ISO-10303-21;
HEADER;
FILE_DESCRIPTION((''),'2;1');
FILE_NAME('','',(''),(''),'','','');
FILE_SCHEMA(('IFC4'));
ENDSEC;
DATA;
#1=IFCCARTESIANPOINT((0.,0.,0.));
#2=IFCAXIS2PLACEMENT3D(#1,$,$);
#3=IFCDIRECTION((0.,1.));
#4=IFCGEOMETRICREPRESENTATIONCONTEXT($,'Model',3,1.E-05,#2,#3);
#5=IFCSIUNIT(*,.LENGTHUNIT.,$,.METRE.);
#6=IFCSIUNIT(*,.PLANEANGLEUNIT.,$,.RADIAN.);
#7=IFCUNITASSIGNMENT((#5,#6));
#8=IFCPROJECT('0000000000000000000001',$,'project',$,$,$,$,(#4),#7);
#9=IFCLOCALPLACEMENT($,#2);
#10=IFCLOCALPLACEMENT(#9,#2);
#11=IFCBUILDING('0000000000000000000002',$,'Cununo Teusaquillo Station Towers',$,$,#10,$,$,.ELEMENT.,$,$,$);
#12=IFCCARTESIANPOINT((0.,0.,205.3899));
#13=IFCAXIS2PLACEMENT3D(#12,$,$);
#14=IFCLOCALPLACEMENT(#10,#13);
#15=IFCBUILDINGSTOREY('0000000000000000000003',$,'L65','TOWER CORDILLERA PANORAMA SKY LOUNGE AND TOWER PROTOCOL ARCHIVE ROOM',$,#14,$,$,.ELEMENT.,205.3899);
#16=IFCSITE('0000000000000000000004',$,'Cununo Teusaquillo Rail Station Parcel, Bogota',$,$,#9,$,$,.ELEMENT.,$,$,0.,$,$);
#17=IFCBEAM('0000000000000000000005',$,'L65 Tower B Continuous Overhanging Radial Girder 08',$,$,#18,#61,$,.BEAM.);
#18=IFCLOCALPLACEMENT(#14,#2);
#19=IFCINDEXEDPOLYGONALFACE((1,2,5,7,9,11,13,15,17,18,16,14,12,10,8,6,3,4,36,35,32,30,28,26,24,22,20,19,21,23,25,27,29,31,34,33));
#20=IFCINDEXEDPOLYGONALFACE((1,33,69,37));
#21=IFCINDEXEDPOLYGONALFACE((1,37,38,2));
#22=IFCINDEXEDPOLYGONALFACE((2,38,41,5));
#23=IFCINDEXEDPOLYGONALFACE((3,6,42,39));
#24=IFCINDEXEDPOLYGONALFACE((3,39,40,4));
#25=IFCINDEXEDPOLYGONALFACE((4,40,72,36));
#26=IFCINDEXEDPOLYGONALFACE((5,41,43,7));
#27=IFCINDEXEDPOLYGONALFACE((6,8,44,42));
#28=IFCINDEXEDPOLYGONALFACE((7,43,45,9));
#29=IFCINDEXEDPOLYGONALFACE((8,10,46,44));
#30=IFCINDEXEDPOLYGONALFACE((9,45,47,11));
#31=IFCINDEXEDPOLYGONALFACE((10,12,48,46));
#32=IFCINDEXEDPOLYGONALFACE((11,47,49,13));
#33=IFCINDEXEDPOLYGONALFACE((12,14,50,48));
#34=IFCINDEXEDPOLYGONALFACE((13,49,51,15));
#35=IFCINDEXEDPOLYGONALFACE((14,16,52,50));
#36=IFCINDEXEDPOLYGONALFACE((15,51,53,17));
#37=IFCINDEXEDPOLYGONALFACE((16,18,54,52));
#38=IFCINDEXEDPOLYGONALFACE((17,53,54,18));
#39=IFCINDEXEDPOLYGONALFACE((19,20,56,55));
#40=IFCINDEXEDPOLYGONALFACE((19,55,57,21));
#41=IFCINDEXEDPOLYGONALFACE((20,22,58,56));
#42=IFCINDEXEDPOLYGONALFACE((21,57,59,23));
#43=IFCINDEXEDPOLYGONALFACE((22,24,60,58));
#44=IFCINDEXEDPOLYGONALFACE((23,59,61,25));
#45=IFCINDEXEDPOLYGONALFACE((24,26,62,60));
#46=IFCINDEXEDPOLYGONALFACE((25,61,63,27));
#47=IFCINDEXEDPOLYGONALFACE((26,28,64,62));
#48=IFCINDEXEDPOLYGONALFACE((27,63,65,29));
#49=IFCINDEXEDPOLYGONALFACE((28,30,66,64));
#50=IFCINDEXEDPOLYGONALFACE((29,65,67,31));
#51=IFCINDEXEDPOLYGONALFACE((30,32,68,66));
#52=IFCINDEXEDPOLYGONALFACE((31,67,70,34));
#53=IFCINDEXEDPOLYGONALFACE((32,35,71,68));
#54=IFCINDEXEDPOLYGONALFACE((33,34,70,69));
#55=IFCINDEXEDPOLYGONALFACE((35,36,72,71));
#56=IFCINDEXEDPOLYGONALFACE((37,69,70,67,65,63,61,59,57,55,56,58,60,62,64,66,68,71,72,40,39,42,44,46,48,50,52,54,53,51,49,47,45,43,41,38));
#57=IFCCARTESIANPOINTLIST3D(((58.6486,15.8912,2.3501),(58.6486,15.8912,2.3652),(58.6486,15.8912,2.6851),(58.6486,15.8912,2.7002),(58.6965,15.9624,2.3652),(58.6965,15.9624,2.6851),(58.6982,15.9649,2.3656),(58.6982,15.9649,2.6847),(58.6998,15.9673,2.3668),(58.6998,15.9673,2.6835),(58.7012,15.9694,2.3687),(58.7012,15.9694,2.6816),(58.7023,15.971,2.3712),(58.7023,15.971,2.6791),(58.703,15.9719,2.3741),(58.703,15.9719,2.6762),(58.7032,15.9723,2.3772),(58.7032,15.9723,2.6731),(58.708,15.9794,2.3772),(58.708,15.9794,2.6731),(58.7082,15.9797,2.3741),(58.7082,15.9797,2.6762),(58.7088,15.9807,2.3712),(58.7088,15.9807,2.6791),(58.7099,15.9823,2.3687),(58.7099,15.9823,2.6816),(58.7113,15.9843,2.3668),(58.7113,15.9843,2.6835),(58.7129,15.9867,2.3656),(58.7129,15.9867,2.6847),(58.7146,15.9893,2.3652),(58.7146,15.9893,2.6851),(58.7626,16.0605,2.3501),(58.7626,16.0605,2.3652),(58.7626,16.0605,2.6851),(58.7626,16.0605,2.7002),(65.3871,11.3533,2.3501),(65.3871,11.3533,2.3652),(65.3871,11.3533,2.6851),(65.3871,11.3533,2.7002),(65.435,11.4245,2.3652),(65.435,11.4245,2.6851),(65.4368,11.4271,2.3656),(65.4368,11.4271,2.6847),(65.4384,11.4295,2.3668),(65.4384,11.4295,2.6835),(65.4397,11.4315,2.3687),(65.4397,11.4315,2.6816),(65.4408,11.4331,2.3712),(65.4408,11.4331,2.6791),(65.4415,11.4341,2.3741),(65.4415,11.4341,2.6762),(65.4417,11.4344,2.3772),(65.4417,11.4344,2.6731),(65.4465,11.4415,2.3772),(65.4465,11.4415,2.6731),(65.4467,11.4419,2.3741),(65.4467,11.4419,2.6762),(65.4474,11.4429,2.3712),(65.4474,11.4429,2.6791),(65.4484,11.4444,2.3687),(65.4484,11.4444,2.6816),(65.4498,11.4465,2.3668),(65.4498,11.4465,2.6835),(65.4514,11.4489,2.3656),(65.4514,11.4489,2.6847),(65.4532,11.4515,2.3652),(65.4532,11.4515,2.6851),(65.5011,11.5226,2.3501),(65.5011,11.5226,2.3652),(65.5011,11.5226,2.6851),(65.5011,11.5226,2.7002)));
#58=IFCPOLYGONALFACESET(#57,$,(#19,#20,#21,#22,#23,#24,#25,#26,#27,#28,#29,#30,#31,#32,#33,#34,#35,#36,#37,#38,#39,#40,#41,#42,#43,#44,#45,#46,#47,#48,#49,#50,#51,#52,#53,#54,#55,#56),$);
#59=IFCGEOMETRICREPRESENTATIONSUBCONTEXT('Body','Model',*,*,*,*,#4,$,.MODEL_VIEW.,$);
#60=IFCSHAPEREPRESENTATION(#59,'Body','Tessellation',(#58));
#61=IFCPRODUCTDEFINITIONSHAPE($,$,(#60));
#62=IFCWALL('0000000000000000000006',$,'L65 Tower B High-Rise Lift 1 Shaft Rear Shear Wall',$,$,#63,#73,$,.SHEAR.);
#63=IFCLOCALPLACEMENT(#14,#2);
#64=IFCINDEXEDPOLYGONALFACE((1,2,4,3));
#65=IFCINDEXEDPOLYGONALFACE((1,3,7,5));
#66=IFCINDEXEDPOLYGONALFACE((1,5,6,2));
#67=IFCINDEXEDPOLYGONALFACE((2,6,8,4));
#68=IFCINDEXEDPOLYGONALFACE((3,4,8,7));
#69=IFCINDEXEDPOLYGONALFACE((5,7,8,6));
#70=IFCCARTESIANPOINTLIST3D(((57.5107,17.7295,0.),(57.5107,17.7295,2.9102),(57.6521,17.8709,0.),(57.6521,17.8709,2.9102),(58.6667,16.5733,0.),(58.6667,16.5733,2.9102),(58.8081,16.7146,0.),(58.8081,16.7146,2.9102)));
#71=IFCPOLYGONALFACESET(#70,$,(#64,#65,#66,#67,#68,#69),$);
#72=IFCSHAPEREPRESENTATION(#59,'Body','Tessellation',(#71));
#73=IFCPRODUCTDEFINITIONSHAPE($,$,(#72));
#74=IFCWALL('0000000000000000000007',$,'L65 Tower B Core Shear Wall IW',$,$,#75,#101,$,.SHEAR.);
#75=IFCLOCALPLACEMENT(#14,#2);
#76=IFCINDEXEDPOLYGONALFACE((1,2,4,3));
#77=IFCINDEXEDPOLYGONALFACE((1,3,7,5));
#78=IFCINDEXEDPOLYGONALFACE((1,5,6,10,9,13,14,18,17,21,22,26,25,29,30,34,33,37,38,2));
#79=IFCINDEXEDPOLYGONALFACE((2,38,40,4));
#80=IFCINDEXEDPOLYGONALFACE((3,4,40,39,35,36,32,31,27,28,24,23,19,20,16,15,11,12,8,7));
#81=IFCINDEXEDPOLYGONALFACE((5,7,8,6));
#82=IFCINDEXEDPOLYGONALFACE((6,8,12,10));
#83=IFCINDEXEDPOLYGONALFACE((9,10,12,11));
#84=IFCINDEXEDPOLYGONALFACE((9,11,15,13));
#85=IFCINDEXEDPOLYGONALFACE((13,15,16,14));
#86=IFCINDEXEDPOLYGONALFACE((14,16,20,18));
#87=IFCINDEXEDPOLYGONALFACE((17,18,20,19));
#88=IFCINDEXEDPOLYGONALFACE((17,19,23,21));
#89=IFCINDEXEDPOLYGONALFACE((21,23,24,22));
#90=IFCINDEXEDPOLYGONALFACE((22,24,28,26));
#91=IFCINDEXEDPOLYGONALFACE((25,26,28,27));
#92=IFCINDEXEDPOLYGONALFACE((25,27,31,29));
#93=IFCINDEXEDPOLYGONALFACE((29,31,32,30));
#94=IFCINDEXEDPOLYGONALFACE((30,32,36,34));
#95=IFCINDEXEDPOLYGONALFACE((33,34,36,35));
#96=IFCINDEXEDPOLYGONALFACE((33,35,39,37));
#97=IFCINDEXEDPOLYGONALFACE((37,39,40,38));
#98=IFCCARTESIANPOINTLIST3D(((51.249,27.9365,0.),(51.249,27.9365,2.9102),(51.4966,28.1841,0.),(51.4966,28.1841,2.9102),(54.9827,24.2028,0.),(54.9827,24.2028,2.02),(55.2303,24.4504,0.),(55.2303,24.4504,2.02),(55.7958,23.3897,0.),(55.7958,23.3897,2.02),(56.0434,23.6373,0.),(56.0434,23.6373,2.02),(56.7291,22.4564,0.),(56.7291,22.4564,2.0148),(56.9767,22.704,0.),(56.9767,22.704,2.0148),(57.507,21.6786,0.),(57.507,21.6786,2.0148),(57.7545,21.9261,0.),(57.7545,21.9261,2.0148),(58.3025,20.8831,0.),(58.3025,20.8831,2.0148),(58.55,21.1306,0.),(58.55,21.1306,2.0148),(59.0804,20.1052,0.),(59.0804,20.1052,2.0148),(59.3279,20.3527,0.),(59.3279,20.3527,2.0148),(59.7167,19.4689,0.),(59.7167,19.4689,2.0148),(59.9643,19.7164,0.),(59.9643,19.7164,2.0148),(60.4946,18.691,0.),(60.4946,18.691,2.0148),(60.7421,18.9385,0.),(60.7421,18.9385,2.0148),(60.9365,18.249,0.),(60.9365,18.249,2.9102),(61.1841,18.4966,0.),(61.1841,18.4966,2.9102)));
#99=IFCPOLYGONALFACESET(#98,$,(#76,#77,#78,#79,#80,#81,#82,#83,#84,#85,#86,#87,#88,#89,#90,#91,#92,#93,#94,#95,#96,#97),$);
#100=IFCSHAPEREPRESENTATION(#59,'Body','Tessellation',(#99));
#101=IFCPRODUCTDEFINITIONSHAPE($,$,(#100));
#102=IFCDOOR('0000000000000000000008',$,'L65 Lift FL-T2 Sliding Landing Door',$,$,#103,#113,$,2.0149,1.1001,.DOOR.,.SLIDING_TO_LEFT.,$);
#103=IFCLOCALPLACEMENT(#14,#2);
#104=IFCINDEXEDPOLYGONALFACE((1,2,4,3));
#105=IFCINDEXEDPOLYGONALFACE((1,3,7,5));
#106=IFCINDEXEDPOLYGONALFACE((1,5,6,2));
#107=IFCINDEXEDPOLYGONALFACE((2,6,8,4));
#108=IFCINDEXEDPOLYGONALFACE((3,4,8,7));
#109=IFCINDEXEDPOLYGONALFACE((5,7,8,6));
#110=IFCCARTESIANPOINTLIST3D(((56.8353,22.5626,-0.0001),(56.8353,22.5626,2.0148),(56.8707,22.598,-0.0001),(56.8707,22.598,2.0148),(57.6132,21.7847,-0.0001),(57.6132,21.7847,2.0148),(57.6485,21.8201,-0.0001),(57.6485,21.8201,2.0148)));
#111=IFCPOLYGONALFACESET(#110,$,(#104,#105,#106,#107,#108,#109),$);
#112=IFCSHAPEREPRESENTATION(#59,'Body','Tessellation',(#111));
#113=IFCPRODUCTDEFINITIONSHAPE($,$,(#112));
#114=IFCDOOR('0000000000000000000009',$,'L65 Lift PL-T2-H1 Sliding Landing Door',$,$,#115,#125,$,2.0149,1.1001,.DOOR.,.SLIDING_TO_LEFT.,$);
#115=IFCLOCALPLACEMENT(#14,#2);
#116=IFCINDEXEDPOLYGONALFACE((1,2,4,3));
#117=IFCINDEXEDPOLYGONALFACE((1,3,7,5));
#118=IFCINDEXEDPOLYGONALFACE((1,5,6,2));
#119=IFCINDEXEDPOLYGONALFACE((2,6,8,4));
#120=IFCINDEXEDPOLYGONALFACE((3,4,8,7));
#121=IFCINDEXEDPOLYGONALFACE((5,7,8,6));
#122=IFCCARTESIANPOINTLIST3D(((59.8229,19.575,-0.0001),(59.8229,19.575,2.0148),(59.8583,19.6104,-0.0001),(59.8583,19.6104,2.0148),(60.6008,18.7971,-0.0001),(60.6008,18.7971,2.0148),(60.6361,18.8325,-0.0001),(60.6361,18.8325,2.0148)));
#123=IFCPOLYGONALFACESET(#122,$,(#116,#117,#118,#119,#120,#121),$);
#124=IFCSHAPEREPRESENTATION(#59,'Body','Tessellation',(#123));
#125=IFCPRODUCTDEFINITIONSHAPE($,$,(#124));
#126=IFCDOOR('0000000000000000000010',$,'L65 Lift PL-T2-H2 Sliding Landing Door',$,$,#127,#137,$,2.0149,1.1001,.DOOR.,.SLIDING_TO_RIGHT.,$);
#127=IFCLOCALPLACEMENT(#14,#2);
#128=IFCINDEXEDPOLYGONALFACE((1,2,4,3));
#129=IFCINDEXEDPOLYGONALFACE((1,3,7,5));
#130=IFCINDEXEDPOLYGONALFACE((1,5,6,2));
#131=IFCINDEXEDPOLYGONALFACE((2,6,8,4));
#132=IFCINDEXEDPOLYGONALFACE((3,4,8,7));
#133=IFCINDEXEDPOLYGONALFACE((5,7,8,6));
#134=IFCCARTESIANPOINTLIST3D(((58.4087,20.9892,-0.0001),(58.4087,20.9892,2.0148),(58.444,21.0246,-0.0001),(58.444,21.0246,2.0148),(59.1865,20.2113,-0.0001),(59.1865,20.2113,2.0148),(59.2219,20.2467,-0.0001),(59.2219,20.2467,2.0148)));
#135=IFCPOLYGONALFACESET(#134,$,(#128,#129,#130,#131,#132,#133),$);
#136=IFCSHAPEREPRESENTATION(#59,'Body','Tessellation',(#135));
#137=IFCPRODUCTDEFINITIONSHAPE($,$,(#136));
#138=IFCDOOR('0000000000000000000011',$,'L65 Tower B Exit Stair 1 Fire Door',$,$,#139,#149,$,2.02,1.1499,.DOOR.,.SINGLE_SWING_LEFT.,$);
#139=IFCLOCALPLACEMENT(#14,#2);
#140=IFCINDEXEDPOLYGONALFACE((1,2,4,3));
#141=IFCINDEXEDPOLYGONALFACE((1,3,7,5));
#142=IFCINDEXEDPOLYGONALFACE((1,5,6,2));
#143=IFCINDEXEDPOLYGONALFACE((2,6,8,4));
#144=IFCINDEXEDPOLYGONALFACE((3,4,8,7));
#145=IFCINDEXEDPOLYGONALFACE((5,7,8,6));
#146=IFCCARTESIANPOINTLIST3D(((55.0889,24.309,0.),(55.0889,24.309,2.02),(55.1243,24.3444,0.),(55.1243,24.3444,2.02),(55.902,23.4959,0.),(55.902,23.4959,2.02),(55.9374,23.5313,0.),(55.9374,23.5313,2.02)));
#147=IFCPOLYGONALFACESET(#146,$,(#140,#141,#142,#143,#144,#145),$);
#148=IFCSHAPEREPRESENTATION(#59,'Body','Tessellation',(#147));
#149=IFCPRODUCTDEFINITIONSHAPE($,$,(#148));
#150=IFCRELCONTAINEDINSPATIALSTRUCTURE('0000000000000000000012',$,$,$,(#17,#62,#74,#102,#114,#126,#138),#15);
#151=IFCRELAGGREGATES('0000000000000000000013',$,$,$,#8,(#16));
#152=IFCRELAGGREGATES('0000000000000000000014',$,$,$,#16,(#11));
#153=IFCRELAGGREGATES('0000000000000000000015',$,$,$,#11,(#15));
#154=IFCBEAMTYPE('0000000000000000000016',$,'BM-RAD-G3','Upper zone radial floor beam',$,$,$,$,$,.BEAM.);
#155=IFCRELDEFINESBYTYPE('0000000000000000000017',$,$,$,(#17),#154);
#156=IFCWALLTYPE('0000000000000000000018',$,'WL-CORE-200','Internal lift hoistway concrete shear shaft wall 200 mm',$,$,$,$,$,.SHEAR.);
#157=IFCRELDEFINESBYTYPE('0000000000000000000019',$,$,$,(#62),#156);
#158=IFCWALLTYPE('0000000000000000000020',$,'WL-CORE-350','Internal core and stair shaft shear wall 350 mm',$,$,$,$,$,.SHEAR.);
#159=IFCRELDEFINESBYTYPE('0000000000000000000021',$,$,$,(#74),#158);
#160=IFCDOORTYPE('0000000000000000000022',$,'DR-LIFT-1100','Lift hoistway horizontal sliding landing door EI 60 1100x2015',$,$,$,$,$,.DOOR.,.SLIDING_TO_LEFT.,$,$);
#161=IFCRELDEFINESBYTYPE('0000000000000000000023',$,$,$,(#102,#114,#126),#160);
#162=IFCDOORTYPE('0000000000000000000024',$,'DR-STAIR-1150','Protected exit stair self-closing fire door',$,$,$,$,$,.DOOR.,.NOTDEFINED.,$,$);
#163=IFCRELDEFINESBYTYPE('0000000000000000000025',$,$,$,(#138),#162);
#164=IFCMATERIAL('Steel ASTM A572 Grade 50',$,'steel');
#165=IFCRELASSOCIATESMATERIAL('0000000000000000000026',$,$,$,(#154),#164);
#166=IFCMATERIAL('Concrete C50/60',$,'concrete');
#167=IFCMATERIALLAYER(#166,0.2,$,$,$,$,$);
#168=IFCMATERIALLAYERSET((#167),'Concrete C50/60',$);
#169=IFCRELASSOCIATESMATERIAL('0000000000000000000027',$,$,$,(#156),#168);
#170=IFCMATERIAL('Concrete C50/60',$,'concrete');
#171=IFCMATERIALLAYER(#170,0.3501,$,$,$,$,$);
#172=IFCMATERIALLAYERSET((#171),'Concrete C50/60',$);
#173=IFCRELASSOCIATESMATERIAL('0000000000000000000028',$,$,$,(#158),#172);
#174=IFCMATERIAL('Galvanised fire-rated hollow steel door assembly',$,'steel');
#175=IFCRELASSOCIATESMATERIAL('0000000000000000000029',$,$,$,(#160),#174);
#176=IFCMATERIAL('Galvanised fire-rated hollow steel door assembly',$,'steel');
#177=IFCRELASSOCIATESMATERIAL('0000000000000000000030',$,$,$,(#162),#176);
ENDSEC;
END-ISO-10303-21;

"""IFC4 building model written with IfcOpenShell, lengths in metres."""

from ifc_helpers import new_model, si_unit, direction, frame, frame_2d, origin, origin_2d, place, context, subcontext, project, spatial, rectangle, i_section, extrude, source, transform, mapped, material, layer, layer_set, material_profile, profile_set, type_object, element, fill, save


model = new_model("IFC4")

# Units and contexts
model_context = context("Model", 3, precision=1e-05, world=origin(), true_north=direction((0.0, 1.0)))
body_context = subcontext(model_context, "Body", "Model", "MODEL_VIEW")
ifc_project = project(units=[si_unit("LENGTHUNIT", "METRE"), si_unit("PLANEANGLEUNIT", "RADIAN")], contexts=[model_context])

# Site, building, storey
site_placement = place(None, origin())
site = spatial("IfcSite", under=ifc_project, at=site_placement, Name="Cununo Teusaquillo Rail Station Parcel, Bogota", CompositionType="ELEMENT", RefElevation=0.0)
building_placement = place(site_placement, origin())
building = spatial("IfcBuilding", under=site, at=building_placement, Name="Cununo Teusaquillo Station Towers", CompositionType="ELEMENT")
storey_placement = place(building_placement, frame((0.0, 0.0, 205.3899)))
storey = spatial("IfcBuildingStorey", under=building, at=storey_placement, Name="L65", Description="TOWER CORDILLERA PANORAMA SKY LOUNGE AND TOWER PROTOCOL ARCHIVE ROOM", CompositionType="ELEMENT", Elevation=205.3899)

# Beam
ifc_material_1 = material(Name="Steel ASTM A572 Grade 50", Category="steel")
ifc_material_profile_1 = material_profile(ifc_material_1, i_section(OverallWidth=0.2041, OverallDepth=0.3501, WebThickness=0.0085, FlangeThickness=0.0151, FilletRadius=0.012, at=origin_2d()), Name="W14X48")
ifc_profile_set_1 = profile_set([ifc_material_profile_1], Name="Steel ASTM A572 Grade 50")
beam_type_1 = type_object("IfcBeamType", Name="BM-RAD-G3", Description="Upper zone radial floor beam", PredefinedType="BEAM", material=ifc_profile_set_1)
beam_1_placement = place(storey_placement, frame((58.7056, 15.9758, 2.5251), z_axis=(0.829457, -0.558571, 0.0), x_axis=(0.558571, 0.829457, 0.0)))
element("IfcBeam", 1, at=beam_1_placement, inside=storey, type_object=beam_type_1, Name="L65 Tower B Continuous Overhanging Radial Girder 08", PredefinedType="BEAM", context=body_context, shape_type="SweptSolid", body=[
    extrude(i_section(OverallWidth=0.2041, OverallDepth=0.3501, WebThickness=0.0085, FlangeThickness=0.0151, FilletRadius=0.012, at=origin_2d()), origin(), (0.0, 0.0, 1.0), 8.124),
])

# Wall
ifc_material_2 = material(Name="Concrete C50/60", Category="concrete")
ifc_layer_1 = layer(ifc_material_2, 0.2)
ifc_layer_set_1 = layer_set([ifc_layer_1], Name="Concrete C50/60")
wall_type_1 = type_object("IfcWallType", Name="WL-CORE-200", Description="Internal lift hoistway concrete shear shaft wall 200 mm", PredefinedType="SHEAR", material=ifc_layer_set_1)
wall_1_placement = place(storey_placement, frame((58.7373, 16.644, 0.0), z_axis=(0.0, 0.0, 1.0), x_axis=(-0.707032, 0.707181, 0.0)))
element("IfcWall", 2, at=wall_1_placement, inside=storey, type_object=wall_type_1, Name="L65 Tower B High-Rise Lift 1 Shaft Rear Shear Wall", PredefinedType="SHEAR", context=body_context, shape_type="SweptSolid", body=[
    extrude(rectangle(XDim=1.635, YDim=0.2, at=frame_2d((0.8174, 0.0))), origin(), (0.0, 0.0, 1.0), 2.9102),
])

# Wall, openings, doors
ifc_material_3 = material(Name="Concrete C50/60", Category="concrete")
ifc_layer_2 = layer(ifc_material_3, 0.3501)
ifc_layer_set_2 = layer_set([ifc_layer_2], Name="Concrete C50/60")
wall_type_2 = type_object("IfcWallType", Name="WL-CORE-350", Description="Internal core and stair shaft shear wall 350 mm", PredefinedType="SHEAR", material=ifc_layer_set_2)
wall_2_placement = place(storey_placement, frame((61.0603, 18.3728, 0.0), z_axis=(0.0, 0.0, 1.0), x_axis=(-0.707107, 0.707107, 0.0)))
wall_2 = element("IfcWall", 3, at=wall_2_placement, inside=storey, type_object=wall_type_2, Name="L65 Tower B Core Shear Wall IW", PredefinedType="SHEAR", context=body_context, shape_type="SweptSolid", body=[
    extrude(rectangle(XDim=13.7002, YDim=0.3501, at=frame_2d((6.8501, 0.0))), origin(), (0.0, 0.0, 1.0), 2.9102),
])
shared_shape_1 = source(origin(), body_context, "Body", "SweptSolid", [
    extrude(rectangle(XDim=1.1001, YDim=2.0149, at=frame_2d((0.55, 1.0073))), frame((0.0, 0.1851, 0.0), z_axis=(0.0, -1.0, 0.0), x_axis=(1.0, 0.0, 0.0)), (0.0, 0.0, 1.0), 0.3701),
])
opening_1_placement = place(wall_2_placement, frame((4.8501, 0.0, 0.0)))
opening_1 = element("IfcOpeningElement", 4, at=opening_1_placement, cuts=wall_2, PredefinedType="OPENING", context=body_context, shape_type="MappedRepresentation", body=[
    mapped(shared_shape_1, transform((0.0, 0.0, 0.0), x_axis=(1.0, 0.0, 0.0), y_axis=(0.0, 1.0, 0.0), z_axis=(0.0, 0.0, 1.0), scale=1.0)),
])
opening_2_placement = place(wall_2_placement, frame((0.625, 0.0, 0.0)))
opening_2 = element("IfcOpeningElement", 5, at=opening_2_placement, cuts=wall_2, PredefinedType="OPENING", context=body_context, shape_type="MappedRepresentation", body=[
    mapped(shared_shape_1, transform((0.0, 0.0, 0.0), x_axis=(1.0, 0.0, 0.0), y_axis=(0.0, 1.0, 0.0), z_axis=(0.0, 0.0, 1.0), scale=1.0)),
])
opening_3_placement = place(wall_2_placement, frame((2.625, 0.0, 0.0)))
opening_3 = element("IfcOpeningElement", 6, at=opening_3_placement, cuts=wall_2, PredefinedType="OPENING", context=body_context, shape_type="MappedRepresentation", body=[
    mapped(shared_shape_1, transform((0.0, 0.0, 0.0), x_axis=(1.0, 0.0, 0.0), y_axis=(0.0, 1.0, 0.0), z_axis=(0.0, 0.0, 1.0), scale=1.0)),
])
shared_shape_2 = source(origin(), body_context, "Body", "SweptSolid", [
    extrude(rectangle(XDim=1.1499, YDim=2.02, at=frame_2d((0.575, 1.01))), frame((0.0, 0.1851, 0.0), z_axis=(0.0, -1.0, 0.0), x_axis=(1.0, 0.0, 0.0)), (0.0, 0.0, 1.0), 0.3701),
])
opening_4_placement = place(wall_2_placement, frame((7.27, 0.0, 0.0)))
opening_4 = element("IfcOpeningElement", 7, at=opening_4_placement, cuts=wall_2, PredefinedType="OPENING", context=body_context, shape_type="MappedRepresentation", body=[
    mapped(shared_shape_2, transform((0.0, 0.0, 0.0), x_axis=(1.0, 0.0, 0.0), y_axis=(0.0, 1.0, 0.0), z_axis=(0.0, 0.0, 1.0), scale=1.0)),
])
ifc_material_4 = material(Name="Galvanised fire-rated hollow steel door assembly", Category="steel")
door_type_1 = type_object("IfcDoorType", Name="DR-LIFT-1100", Description="Lift hoistway horizontal sliding landing door EI 60 1100x2015", OperationType="SLIDING_TO_LEFT", PredefinedType="DOOR", material=ifc_material_4)
shared_shape_3 = source(origin(), body_context, "Body", "SweptSolid", [
    extrude(rectangle(XDim=1.1001, YDim=2.0149, at=frame_2d((0.55, 1.0073))), frame((0.0, 0.0249, 0.0), z_axis=(0.0, -1.0, 0.0), x_axis=(1.0, 0.0, 0.0)), (0.0, 0.0, 1.0), 0.05),
])
door_1_placement = place(opening_1_placement, origin())
door_1 = element("IfcDoor", 8, at=door_1_placement, inside=storey, type_object=door_type_1, Name="L65 Lift FL-T2 Sliding Landing Door", OperationType="SLIDING_TO_LEFT", OverallHeight=2.0149, OverallWidth=1.1001, PredefinedType="DOOR", context=body_context, shape_type="MappedRepresentation", body=[
    mapped(shared_shape_3, transform((0.0, 0.0, 0.0), x_axis=(1.0, 0.0, 0.0), y_axis=(0.0, 1.0, 0.0), z_axis=(0.0, 0.0, 1.0), scale=1.0)),
])
fill(opening_1, door_1)
door_2_placement = place(opening_2_placement, origin())
door_2 = element("IfcDoor", 9, at=door_2_placement, inside=storey, type_object=door_type_1, Name="L65 Lift PL-T2-H1 Sliding Landing Door", OperationType="SLIDING_TO_LEFT", OverallHeight=2.0149, OverallWidth=1.1001, PredefinedType="DOOR", context=body_context, shape_type="MappedRepresentation", body=[
    mapped(shared_shape_3, transform((0.0, 0.0, 0.0), x_axis=(1.0, 0.0, 0.0), y_axis=(0.0, 1.0, 0.0), z_axis=(0.0, 0.0, 1.0), scale=1.0)),
])
fill(opening_2, door_2)
door_3_placement = place(opening_3_placement, origin())
door_3 = element("IfcDoor", 10, at=door_3_placement, inside=storey, type_object=door_type_1, Name="L65 Lift PL-T2-H2 Sliding Landing Door", OperationType="SLIDING_TO_RIGHT", OverallHeight=2.0149, OverallWidth=1.1001, PredefinedType="DOOR", context=body_context, shape_type="MappedRepresentation", body=[
    mapped(shared_shape_3, transform((0.0, 0.0, 0.0), x_axis=(1.0, 0.0, 0.0), y_axis=(0.0, 1.0, 0.0), z_axis=(0.0, 0.0, 1.0), scale=1.0)),
])
fill(opening_3, door_3)
ifc_material_5 = material(Name="Galvanised fire-rated hollow steel door assembly", Category="steel")
door_type_2 = type_object("IfcDoorType", Name="DR-STAIR-1150", Description="Protected exit stair self-closing fire door", OperationType="NOTDEFINED", PredefinedType="DOOR", material=ifc_material_5)
shared_shape_4 = source(origin(), body_context, "Body", "SweptSolid", [
    extrude(rectangle(XDim=1.1499, YDim=2.02, at=frame_2d((0.575, 1.01))), frame((0.0, 0.0249, 0.0), z_axis=(0.0, -1.0, 0.0), x_axis=(1.0, 0.0, 0.0)), (0.0, 0.0, 1.0), 0.05),
])
door_4_placement = place(opening_4_placement, origin())
door_4 = element("IfcDoor", 11, at=door_4_placement, inside=storey, type_object=door_type_2, Name="L65 Tower B Exit Stair 1 Fire Door", OperationType="SINGLE_SWING_LEFT", OverallHeight=2.02, OverallWidth=1.1499, PredefinedType="DOOR", context=body_context, shape_type="MappedRepresentation", body=[
    mapped(shared_shape_4, transform((0.0, 0.0, 0.0), x_axis=(1.0, 0.0, 0.0), y_axis=(0.0, 1.0, 0.0), z_axis=(0.0, 0.0, 1.0), scale=1.0)),
])
fill(opening_4, door_4)

save(model, "model.ifc")
